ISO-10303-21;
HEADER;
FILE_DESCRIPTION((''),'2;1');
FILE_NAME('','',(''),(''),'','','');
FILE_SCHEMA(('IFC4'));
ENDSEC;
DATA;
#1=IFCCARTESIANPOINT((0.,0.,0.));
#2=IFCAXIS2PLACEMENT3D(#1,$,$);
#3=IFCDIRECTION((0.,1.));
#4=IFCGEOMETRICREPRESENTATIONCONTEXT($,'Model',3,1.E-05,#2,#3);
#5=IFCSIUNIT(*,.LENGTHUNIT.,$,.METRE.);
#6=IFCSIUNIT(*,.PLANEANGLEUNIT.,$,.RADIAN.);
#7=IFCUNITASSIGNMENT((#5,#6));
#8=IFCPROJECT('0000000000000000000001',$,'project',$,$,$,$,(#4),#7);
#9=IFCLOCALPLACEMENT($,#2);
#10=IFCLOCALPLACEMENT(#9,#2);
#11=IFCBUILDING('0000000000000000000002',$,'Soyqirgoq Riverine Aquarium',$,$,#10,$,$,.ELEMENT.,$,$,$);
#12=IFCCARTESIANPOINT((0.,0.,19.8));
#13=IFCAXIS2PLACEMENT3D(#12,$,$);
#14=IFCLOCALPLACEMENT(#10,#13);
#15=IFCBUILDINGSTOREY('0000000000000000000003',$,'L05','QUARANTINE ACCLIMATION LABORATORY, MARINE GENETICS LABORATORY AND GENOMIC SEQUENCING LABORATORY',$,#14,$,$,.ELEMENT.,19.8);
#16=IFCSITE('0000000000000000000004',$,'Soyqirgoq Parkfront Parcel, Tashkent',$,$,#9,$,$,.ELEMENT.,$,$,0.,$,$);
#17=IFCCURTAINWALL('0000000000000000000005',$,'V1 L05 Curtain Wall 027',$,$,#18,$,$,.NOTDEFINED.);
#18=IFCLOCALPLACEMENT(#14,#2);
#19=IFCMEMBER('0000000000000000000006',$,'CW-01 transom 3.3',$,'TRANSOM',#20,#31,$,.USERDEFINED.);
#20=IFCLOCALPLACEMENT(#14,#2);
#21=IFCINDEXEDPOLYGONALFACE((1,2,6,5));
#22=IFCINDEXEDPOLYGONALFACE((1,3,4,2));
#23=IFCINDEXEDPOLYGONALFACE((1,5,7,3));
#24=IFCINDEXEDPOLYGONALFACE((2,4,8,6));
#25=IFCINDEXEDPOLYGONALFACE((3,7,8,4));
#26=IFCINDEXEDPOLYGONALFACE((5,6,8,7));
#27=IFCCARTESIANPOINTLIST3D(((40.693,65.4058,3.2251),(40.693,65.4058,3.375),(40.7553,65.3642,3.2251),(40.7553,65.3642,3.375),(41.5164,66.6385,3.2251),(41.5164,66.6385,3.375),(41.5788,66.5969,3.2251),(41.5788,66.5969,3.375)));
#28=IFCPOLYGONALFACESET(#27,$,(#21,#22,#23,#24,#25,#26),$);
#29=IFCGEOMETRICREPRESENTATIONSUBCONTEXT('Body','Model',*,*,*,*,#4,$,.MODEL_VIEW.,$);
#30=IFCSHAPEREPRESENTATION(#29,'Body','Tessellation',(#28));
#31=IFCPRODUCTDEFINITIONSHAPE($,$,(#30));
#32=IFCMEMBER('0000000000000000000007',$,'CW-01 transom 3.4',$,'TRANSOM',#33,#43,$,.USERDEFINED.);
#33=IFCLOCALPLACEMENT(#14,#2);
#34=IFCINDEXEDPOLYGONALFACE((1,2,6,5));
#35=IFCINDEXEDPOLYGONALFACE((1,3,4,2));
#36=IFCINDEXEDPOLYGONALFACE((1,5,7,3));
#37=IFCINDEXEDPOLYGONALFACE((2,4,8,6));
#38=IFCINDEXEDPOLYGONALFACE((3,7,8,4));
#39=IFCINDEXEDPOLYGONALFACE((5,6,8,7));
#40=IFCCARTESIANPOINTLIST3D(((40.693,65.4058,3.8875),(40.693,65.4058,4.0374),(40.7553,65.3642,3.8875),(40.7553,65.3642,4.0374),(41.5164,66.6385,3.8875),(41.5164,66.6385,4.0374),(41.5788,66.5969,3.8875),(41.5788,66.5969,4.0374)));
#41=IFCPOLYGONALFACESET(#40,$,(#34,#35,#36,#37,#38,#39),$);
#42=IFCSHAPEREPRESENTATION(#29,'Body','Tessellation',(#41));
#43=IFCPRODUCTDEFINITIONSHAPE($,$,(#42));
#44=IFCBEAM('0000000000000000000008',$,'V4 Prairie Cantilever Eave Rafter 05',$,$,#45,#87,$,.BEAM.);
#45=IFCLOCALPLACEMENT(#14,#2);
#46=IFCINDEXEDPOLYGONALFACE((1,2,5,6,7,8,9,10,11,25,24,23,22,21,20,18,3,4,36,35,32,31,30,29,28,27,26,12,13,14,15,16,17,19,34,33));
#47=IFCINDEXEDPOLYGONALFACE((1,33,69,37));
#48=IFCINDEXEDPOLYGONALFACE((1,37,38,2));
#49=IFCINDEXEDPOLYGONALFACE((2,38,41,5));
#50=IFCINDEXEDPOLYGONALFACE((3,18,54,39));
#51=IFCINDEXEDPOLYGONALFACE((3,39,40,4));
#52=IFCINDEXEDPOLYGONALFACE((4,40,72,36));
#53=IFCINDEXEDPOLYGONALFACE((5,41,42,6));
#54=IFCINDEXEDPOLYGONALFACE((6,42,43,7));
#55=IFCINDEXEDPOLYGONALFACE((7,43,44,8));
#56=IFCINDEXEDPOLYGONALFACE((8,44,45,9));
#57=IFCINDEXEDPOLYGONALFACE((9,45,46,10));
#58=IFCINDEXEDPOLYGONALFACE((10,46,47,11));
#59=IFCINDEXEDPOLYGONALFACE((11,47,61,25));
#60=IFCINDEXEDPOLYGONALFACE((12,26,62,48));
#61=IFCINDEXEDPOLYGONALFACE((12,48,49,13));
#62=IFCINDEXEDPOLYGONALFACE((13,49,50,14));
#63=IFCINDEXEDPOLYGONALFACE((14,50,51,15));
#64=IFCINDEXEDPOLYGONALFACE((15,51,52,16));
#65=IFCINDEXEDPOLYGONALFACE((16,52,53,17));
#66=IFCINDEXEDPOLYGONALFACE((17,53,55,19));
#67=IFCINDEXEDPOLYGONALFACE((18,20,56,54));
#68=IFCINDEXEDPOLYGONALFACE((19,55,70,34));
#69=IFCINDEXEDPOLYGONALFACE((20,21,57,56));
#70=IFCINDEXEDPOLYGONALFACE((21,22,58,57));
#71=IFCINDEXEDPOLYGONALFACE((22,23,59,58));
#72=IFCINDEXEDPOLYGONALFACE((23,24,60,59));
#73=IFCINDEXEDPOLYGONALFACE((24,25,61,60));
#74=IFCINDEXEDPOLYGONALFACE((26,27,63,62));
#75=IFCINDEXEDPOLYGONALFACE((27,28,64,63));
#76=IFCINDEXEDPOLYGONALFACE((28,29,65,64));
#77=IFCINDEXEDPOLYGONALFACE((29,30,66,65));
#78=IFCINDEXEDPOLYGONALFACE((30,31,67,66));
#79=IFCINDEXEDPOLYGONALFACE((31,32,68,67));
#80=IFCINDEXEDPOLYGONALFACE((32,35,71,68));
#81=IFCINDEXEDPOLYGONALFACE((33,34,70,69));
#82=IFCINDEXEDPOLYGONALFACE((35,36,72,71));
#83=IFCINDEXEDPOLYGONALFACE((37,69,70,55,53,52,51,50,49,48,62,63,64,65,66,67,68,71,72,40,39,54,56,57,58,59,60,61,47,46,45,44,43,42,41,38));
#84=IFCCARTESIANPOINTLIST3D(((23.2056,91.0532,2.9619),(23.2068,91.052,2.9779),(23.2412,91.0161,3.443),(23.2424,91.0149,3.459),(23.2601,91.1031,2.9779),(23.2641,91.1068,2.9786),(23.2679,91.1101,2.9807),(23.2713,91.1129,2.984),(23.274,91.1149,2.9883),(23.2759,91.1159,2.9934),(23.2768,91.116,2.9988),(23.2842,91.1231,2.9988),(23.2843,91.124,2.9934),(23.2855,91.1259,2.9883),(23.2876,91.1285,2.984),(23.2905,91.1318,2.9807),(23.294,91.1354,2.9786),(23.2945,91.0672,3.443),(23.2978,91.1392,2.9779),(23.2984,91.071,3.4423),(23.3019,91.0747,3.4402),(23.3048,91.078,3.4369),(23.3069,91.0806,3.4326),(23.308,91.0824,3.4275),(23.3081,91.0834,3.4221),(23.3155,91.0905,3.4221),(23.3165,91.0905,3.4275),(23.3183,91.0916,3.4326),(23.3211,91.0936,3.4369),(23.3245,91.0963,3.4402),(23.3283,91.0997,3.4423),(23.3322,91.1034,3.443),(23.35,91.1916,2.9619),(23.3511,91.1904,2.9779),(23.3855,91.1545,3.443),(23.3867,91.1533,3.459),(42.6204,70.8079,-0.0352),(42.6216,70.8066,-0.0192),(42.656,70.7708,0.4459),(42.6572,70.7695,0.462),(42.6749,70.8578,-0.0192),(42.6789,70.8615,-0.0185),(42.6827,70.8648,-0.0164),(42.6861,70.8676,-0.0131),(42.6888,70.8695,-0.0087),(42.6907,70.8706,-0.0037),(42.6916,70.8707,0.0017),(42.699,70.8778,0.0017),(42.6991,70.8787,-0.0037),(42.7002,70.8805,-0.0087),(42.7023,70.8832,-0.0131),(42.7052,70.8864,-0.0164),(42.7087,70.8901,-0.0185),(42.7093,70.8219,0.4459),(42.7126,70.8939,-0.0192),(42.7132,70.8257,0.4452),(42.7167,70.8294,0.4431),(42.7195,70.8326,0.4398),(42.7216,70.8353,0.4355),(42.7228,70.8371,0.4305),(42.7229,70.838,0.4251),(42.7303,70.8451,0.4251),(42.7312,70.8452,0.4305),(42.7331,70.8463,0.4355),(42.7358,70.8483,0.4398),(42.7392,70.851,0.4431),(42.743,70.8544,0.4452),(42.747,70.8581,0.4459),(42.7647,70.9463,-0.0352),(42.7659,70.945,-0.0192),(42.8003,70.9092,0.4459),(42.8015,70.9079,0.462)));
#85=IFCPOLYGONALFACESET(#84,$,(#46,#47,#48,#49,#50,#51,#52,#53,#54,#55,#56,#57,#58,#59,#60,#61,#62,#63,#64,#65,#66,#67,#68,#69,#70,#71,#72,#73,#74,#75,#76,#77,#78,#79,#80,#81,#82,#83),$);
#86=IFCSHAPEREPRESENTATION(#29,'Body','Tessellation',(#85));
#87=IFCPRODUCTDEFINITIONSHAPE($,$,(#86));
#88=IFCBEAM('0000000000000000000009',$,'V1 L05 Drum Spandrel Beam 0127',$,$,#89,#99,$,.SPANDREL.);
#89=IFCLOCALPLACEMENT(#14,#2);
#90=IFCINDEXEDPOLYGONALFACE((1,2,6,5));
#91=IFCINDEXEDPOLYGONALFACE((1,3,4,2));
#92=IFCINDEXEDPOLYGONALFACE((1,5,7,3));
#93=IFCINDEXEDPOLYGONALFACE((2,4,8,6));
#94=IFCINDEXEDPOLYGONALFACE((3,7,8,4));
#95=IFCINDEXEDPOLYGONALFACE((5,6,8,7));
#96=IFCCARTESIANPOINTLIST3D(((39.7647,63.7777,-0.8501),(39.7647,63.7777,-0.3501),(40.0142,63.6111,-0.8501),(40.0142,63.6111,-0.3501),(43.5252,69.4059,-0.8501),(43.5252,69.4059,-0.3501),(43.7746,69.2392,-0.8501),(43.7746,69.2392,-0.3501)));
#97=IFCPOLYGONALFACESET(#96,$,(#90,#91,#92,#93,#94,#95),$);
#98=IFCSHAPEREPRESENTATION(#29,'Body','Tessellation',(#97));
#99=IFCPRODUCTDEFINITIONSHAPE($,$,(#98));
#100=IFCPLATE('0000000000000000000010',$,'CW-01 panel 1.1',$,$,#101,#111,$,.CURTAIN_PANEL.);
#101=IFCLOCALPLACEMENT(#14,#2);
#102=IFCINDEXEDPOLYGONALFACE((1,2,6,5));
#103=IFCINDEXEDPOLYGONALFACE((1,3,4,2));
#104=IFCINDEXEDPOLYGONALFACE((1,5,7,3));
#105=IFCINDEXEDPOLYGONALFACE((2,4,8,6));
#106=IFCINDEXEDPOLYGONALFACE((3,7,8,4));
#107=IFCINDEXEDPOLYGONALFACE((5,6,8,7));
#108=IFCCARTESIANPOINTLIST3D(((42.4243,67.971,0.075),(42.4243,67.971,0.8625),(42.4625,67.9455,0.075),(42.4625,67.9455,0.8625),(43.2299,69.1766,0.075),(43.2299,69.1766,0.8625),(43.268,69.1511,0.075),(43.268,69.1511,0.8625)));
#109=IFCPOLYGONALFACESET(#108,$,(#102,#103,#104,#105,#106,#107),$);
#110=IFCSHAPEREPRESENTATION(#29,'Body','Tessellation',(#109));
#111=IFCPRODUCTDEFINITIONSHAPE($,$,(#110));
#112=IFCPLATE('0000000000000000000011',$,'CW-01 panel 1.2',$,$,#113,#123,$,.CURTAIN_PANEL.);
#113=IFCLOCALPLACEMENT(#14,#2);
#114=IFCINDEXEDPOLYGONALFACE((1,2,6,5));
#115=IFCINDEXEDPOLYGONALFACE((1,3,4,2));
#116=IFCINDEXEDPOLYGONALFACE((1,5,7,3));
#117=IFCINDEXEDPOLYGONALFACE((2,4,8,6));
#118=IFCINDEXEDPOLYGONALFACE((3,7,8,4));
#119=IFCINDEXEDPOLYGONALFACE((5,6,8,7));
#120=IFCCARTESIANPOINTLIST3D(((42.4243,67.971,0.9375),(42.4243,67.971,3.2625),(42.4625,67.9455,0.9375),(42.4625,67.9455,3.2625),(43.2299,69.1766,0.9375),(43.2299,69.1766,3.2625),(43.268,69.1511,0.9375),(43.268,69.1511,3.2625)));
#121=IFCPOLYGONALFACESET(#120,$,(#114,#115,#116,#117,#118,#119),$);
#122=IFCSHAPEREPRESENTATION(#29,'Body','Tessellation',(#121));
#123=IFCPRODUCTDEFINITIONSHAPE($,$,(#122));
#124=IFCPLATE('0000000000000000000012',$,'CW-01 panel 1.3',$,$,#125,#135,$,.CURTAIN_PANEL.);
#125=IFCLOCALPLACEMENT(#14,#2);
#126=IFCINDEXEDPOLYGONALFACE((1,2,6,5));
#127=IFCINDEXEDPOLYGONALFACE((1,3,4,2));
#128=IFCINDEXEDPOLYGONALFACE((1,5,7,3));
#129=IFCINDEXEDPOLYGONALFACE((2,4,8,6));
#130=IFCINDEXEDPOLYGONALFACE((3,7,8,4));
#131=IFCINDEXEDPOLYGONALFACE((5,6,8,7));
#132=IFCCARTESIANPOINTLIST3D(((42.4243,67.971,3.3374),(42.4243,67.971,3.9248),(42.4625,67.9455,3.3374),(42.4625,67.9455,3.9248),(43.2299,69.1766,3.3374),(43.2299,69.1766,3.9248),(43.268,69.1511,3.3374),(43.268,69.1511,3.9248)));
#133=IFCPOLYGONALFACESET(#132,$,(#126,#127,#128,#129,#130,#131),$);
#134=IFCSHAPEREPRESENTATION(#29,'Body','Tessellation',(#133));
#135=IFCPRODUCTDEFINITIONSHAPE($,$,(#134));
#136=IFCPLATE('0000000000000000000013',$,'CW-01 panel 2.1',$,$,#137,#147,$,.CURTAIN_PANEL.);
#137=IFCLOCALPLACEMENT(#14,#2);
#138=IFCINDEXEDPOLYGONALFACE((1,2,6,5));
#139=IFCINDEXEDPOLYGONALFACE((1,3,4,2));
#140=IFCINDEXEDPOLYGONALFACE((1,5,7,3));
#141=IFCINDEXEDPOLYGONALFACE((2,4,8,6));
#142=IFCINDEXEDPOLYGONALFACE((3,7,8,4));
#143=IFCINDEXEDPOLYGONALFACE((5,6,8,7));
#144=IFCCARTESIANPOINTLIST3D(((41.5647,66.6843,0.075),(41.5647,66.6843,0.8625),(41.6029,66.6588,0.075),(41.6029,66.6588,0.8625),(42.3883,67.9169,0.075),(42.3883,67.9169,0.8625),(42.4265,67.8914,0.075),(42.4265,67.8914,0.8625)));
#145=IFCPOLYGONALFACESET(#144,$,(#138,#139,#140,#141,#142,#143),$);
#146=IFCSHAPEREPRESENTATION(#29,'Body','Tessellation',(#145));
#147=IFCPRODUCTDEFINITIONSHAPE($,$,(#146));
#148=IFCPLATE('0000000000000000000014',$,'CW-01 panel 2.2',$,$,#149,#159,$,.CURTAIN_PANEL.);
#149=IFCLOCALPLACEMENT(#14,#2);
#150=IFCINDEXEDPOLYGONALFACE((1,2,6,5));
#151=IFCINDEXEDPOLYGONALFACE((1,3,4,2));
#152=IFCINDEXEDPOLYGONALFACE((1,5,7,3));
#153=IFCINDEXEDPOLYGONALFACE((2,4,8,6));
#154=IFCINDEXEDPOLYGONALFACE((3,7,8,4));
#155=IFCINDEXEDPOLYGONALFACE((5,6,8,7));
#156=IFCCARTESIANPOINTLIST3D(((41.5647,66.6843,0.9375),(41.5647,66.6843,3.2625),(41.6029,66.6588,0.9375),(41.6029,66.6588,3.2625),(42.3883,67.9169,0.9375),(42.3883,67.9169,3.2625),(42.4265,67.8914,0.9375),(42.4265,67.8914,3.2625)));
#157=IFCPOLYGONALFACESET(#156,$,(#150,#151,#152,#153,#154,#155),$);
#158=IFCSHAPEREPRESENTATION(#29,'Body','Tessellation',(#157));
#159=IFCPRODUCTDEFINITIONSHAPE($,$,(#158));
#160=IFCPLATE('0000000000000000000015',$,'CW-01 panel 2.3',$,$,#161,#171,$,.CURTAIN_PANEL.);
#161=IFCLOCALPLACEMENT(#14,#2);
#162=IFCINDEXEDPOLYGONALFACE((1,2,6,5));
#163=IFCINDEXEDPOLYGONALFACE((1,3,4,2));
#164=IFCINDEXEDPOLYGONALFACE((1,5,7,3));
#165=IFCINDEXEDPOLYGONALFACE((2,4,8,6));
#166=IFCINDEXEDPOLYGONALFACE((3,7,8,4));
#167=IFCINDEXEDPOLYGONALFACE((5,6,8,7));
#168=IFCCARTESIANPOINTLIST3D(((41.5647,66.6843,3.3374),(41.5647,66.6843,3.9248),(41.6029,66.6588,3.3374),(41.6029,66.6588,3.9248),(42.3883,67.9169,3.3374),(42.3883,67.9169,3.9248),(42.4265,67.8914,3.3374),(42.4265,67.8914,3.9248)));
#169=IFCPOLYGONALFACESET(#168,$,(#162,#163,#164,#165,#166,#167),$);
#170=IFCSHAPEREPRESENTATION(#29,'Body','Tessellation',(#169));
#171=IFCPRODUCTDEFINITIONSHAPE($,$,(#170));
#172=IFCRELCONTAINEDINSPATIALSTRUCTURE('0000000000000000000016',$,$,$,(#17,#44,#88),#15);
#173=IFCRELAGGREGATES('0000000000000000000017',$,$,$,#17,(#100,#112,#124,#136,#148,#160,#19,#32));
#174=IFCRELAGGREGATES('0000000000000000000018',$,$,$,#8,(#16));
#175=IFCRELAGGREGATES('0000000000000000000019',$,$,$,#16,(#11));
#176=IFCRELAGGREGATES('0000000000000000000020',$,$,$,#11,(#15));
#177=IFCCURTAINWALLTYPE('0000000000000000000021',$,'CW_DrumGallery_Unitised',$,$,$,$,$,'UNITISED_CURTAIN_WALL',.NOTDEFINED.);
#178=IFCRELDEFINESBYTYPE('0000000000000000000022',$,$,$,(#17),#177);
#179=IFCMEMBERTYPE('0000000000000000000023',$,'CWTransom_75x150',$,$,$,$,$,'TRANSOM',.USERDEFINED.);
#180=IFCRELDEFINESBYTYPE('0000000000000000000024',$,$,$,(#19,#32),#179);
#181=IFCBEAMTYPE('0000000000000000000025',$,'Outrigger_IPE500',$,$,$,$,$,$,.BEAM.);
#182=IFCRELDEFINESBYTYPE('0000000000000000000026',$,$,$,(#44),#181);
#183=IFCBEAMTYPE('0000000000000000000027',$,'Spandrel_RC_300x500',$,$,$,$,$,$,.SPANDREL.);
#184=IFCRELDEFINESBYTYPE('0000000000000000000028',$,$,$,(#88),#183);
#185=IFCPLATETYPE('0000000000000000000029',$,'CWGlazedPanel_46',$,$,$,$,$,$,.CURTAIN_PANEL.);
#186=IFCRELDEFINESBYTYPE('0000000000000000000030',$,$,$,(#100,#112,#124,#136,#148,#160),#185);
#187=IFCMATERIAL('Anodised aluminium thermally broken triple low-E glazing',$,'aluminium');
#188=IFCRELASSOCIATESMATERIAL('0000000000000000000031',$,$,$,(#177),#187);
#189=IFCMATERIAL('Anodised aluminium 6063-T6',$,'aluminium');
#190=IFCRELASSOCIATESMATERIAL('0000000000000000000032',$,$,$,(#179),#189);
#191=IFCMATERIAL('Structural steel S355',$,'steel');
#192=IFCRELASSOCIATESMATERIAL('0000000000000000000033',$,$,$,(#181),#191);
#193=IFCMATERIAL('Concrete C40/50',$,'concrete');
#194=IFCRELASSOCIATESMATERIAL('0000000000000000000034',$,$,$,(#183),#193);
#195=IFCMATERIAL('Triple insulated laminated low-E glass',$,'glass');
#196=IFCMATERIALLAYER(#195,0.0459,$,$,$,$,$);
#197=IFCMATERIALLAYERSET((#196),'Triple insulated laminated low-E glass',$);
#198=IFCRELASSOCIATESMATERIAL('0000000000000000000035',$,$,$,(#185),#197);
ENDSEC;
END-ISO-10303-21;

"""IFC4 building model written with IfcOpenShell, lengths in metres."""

from ifc_helpers import new_model, si_unit, direction, frame, origin, origin_2d, place, context, subcontext, project, spatial, rectangle, i_section, extrude, material, layer, layer_set, material_profile, profile_set, type_object, element, aggregate, save


model = new_model("IFC4")

# Units and contexts
model_context = context("Model", 3, precision=1e-05, world=origin(), true_north=direction((0.0, 1.0)))
body_context = subcontext(model_context, "Body", "Model", "MODEL_VIEW")
ifc_project = project(units=[si_unit("LENGTHUNIT", "METRE"), si_unit("PLANEANGLEUNIT", "RADIAN")], contexts=[model_context])

# Site, building, storey
site_placement = place(None, origin())
site = spatial("IfcSite", under=ifc_project, at=site_placement, Name="Soyqirgoq Parkfront Parcel, Tashkent", CompositionType="ELEMENT", RefElevation=0.0)
building_placement = place(site_placement, origin())
building = spatial("IfcBuilding", under=site, at=building_placement, Name="Soyqirgoq Riverine Aquarium", CompositionType="ELEMENT")
storey_placement = place(building_placement, frame((0.0, 0.0, 19.8)))
storey = spatial("IfcBuildingStorey", under=building, at=storey_placement, Name="L05", Description="QUARANTINE ACCLIMATION LABORATORY, MARINE GENETICS LABORATORY AND GENOMIC SEQUENCING LABORATORY", CompositionType="ELEMENT", Elevation=19.8)

# Curtain wall, members
ifc_material_1 = material(Name="Anodised aluminium thermally broken triple low-E glazing", Category="aluminium")
curtain_wall_type = type_object("IfcCurtainWallType", Name="CW_DrumGallery_Unitised", ElementType="UNITISED_CURTAIN_WALL", PredefinedType="NOTDEFINED", material=ifc_material_1)
curtain_wall_placement = place(storey_placement, origin())
curtain_wall = element("IfcCurtainWall", 1, at=curtain_wall_placement, inside=storey, type_object=curtain_wall_type, Name="V1 L05 Curtain Wall 027", PredefinedType="NOTDEFINED")
ifc_material_2 = material(Name="Anodised aluminium 6063-T6", Category="aluminium")
ifc_material_profile_1 = material_profile(ifc_material_2, rectangle(XDim=0.075, YDim=0.1499, at=origin_2d()), Name="ALU-T 75x150")
ifc_profile_set_1 = profile_set([ifc_material_profile_1], Name="Anodised aluminium 6063-T6")
member_type_1 = type_object("IfcMemberType", Name="CWTransom_75x150", ElementType="TRANSOM", PredefinedType="USERDEFINED", material=ifc_profile_set_1)
member_1_placement = place(storey_placement, frame((41.5476, 66.6177, 3.3), z_axis=(-0.555498, -0.831518, 0.0), x_axis=(0.831518, -0.555498, 0.0)))
member_1 = element("IfcMember", 2, at=member_1_placement, type_object=member_type_1, Name="CW-01 transom 3.3", ObjectType="TRANSOM", PredefinedType="USERDEFINED", context=body_context, shape_type="SweptSolid", body=[
    extrude(rectangle(XDim=0.075, YDim=0.1499, at=origin_2d()), origin(), (0.0, 0.0, 1.0), 1.4824),
])
member_2_placement = place(storey_placement, frame((41.5476, 66.6177, 3.9624), z_axis=(-0.555498, -0.831518, 0.0), x_axis=(0.831518, -0.555498, 0.0)))
member_2 = element("IfcMember", 3, at=member_2_placement, type_object=member_type_1, Name="CW-01 transom 3.4", ObjectType="TRANSOM", PredefinedType="USERDEFINED", context=body_context, shape_type="SweptSolid", body=[
    extrude(rectangle(XDim=0.075, YDim=0.1499, at=origin_2d()), origin(), (0.0, 0.0, 1.0), 1.4824),
])

# Beams
ifc_material_3 = material(Name="Structural steel S355", Category="steel")
ifc_material_profile_2 = material_profile(ifc_material_3, i_section(OverallWidth=0.2, OverallDepth=0.5, WebThickness=0.0103, FlangeThickness=0.0161, FilletRadius=0.021, at=origin_2d()), Name="IPE 500")
ifc_profile_set_2 = profile_set([ifc_material_profile_2], Name="Structural steel S355")
beam_type_1 = type_object("IfcBeamType", Name="Outrigger_IPE500", PredefinedType="BEAM", material=ifc_profile_set_2)
beam_1_placement = place(storey_placement, frame((42.7109, 70.8579, 0.2134), z_axis=(-0.688229, 0.717672, 0.106242), x_axis=(-0.721757, -0.692147, 0.0)))
element("IfcBeam", 4, at=beam_1_placement, inside=storey, type_object=beam_type_1, Name="V4 Prairie Cantilever Eave Rafter 05", PredefinedType="BEAM", context=body_context, shape_type="SweptSolid", body=[
    extrude(i_section(OverallWidth=0.2, OverallDepth=0.5, WebThickness=0.0103, FlangeThickness=0.0161, FilletRadius=0.021, at=origin_2d()), origin(), (0.0, 0.0, 1.0), 28.2097),
])
ifc_material_4 = material(Name="Concrete C40/50", Category="concrete")
ifc_material_profile_3 = material_profile(ifc_material_4, rectangle(XDim=0.3, YDim=0.5, at=origin_2d()), Name="RC 300x500")
ifc_profile_set_3 = profile_set([ifc_material_profile_3], Name="Concrete C40/50")
beam_type_2 = type_object("IfcBeamType", Name="Spandrel_RC_300x500", PredefinedType="SPANDREL", material=ifc_profile_set_3)
beam_2_placement = place(storey_placement, frame((43.6499, 69.3225, -0.6001), z_axis=(-0.555557, -0.831478, 0.0), x_axis=(0.831478, -0.555557, 0.0)))
element("IfcBeam", 5, at=beam_2_placement, inside=storey, type_object=beam_type_2, Name="V1 L05 Drum Spandrel Beam 0127", PredefinedType="SPANDREL", context=body_context, shape_type="SweptSolid", body=[
    extrude(rectangle(XDim=0.3, YDim=0.5, at=origin_2d()), origin(), (0.0, 0.0, 1.0), 6.7688),
])

# Plates
ifc_material_5 = material(Name="Triple insulated laminated low-E glass", Category="glass")
ifc_layer = layer(ifc_material_5, 0.0459)
ifc_layer_set = layer_set([ifc_layer], Name="Triple insulated laminated low-E glass")
plate_type = type_object("IfcPlateType", Name="CWGlazedPanel_46", PredefinedType="CURTAIN_PANEL", material=ifc_layer_set)
plate_1_placement = place(storey_placement, frame((42.8462, 68.561, 0.075), z_axis=(0.0, 0.0, 1.0), x_axis=(-0.555561, -0.831476, 0.0)))
plate_1 = element("IfcPlate", 6, at=plate_1_placement, type_object=plate_type, Name="CW-01 panel 1.1", PredefinedType="CURTAIN_PANEL", context=body_context, shape_type="SweptSolid", body=[
    extrude(rectangle(XDim=1.45, YDim=0.0459, at=origin_2d()), origin(), (0.0, 0.0, 1.0), 0.7876),
])
plate_2_placement = place(storey_placement, frame((42.8462, 68.561, 0.9375), z_axis=(0.0, 0.0, 1.0), x_axis=(-0.555561, -0.831476, 0.0)))
plate_2 = element("IfcPlate", 7, at=plate_2_placement, type_object=plate_type, Name="CW-01 panel 1.2", PredefinedType="CURTAIN_PANEL", context=body_context, shape_type="SweptSolid", body=[
    extrude(rectangle(XDim=1.45, YDim=0.0459, at=origin_2d()), origin(), (0.0, 0.0, 1.0), 2.325),
])
plate_3_placement = place(storey_placement, frame((42.8462, 68.561, 3.3374), z_axis=(0.0, 0.0, 1.0), x_axis=(-0.555561, -0.831476, 0.0)))
plate_3 = element("IfcPlate", 8, at=plate_3_placement, type_object=plate_type, Name="CW-01 panel 1.3", PredefinedType="CURTAIN_PANEL", context=body_context, shape_type="SweptSolid", body=[
    extrude(rectangle(XDim=1.45, YDim=0.0459, at=origin_2d()), origin(), (0.0, 0.0, 1.0), 0.5874),
])
plate_4_placement = place(storey_placement, frame((41.9956, 67.2878, 0.075), z_axis=(0.0, 0.0, 1.0), x_axis=(-0.555561, -0.831476, 0.0)))
plate_4 = element("IfcPlate", 9, at=plate_4_placement, type_object=plate_type, Name="CW-01 panel 2.1", PredefinedType="CURTAIN_PANEL", context=body_context, shape_type="SweptSolid", body=[
    extrude(rectangle(XDim=1.4824, YDim=0.0459, at=origin_2d()), origin(), (0.0, 0.0, 1.0), 0.7876),
])
plate_5_placement = place(storey_placement, frame((41.9956, 67.2878, 0.9375), z_axis=(0.0, 0.0, 1.0), x_axis=(-0.555561, -0.831476, 0.0)))
plate_5 = element("IfcPlate", 10, at=plate_5_placement, type_object=plate_type, Name="CW-01 panel 2.2", PredefinedType="CURTAIN_PANEL", context=body_context, shape_type="SweptSolid", body=[
    extrude(rectangle(XDim=1.4824, YDim=0.0459, at=origin_2d()), origin(), (0.0, 0.0, 1.0), 2.325),
])
plate_6_placement = place(storey_placement, frame((41.9956, 67.2878, 3.3374), z_axis=(0.0, 0.0, 1.0), x_axis=(-0.555561, -0.831476, 0.0)))
plate_6 = element("IfcPlate", 11, at=plate_6_placement, type_object=plate_type, Name="CW-01 panel 2.3", PredefinedType="CURTAIN_PANEL", context=body_context, shape_type="SweptSolid", body=[
    extrude(rectangle(XDim=1.4824, YDim=0.0459, at=origin_2d()), origin(), (0.0, 0.0, 1.0), 0.5874),
])
aggregate(curtain_wall, [plate_1, plate_2, plate_3, plate_4, plate_5, plate_6, member_1, member_2])

save(model, "model.ifc")
